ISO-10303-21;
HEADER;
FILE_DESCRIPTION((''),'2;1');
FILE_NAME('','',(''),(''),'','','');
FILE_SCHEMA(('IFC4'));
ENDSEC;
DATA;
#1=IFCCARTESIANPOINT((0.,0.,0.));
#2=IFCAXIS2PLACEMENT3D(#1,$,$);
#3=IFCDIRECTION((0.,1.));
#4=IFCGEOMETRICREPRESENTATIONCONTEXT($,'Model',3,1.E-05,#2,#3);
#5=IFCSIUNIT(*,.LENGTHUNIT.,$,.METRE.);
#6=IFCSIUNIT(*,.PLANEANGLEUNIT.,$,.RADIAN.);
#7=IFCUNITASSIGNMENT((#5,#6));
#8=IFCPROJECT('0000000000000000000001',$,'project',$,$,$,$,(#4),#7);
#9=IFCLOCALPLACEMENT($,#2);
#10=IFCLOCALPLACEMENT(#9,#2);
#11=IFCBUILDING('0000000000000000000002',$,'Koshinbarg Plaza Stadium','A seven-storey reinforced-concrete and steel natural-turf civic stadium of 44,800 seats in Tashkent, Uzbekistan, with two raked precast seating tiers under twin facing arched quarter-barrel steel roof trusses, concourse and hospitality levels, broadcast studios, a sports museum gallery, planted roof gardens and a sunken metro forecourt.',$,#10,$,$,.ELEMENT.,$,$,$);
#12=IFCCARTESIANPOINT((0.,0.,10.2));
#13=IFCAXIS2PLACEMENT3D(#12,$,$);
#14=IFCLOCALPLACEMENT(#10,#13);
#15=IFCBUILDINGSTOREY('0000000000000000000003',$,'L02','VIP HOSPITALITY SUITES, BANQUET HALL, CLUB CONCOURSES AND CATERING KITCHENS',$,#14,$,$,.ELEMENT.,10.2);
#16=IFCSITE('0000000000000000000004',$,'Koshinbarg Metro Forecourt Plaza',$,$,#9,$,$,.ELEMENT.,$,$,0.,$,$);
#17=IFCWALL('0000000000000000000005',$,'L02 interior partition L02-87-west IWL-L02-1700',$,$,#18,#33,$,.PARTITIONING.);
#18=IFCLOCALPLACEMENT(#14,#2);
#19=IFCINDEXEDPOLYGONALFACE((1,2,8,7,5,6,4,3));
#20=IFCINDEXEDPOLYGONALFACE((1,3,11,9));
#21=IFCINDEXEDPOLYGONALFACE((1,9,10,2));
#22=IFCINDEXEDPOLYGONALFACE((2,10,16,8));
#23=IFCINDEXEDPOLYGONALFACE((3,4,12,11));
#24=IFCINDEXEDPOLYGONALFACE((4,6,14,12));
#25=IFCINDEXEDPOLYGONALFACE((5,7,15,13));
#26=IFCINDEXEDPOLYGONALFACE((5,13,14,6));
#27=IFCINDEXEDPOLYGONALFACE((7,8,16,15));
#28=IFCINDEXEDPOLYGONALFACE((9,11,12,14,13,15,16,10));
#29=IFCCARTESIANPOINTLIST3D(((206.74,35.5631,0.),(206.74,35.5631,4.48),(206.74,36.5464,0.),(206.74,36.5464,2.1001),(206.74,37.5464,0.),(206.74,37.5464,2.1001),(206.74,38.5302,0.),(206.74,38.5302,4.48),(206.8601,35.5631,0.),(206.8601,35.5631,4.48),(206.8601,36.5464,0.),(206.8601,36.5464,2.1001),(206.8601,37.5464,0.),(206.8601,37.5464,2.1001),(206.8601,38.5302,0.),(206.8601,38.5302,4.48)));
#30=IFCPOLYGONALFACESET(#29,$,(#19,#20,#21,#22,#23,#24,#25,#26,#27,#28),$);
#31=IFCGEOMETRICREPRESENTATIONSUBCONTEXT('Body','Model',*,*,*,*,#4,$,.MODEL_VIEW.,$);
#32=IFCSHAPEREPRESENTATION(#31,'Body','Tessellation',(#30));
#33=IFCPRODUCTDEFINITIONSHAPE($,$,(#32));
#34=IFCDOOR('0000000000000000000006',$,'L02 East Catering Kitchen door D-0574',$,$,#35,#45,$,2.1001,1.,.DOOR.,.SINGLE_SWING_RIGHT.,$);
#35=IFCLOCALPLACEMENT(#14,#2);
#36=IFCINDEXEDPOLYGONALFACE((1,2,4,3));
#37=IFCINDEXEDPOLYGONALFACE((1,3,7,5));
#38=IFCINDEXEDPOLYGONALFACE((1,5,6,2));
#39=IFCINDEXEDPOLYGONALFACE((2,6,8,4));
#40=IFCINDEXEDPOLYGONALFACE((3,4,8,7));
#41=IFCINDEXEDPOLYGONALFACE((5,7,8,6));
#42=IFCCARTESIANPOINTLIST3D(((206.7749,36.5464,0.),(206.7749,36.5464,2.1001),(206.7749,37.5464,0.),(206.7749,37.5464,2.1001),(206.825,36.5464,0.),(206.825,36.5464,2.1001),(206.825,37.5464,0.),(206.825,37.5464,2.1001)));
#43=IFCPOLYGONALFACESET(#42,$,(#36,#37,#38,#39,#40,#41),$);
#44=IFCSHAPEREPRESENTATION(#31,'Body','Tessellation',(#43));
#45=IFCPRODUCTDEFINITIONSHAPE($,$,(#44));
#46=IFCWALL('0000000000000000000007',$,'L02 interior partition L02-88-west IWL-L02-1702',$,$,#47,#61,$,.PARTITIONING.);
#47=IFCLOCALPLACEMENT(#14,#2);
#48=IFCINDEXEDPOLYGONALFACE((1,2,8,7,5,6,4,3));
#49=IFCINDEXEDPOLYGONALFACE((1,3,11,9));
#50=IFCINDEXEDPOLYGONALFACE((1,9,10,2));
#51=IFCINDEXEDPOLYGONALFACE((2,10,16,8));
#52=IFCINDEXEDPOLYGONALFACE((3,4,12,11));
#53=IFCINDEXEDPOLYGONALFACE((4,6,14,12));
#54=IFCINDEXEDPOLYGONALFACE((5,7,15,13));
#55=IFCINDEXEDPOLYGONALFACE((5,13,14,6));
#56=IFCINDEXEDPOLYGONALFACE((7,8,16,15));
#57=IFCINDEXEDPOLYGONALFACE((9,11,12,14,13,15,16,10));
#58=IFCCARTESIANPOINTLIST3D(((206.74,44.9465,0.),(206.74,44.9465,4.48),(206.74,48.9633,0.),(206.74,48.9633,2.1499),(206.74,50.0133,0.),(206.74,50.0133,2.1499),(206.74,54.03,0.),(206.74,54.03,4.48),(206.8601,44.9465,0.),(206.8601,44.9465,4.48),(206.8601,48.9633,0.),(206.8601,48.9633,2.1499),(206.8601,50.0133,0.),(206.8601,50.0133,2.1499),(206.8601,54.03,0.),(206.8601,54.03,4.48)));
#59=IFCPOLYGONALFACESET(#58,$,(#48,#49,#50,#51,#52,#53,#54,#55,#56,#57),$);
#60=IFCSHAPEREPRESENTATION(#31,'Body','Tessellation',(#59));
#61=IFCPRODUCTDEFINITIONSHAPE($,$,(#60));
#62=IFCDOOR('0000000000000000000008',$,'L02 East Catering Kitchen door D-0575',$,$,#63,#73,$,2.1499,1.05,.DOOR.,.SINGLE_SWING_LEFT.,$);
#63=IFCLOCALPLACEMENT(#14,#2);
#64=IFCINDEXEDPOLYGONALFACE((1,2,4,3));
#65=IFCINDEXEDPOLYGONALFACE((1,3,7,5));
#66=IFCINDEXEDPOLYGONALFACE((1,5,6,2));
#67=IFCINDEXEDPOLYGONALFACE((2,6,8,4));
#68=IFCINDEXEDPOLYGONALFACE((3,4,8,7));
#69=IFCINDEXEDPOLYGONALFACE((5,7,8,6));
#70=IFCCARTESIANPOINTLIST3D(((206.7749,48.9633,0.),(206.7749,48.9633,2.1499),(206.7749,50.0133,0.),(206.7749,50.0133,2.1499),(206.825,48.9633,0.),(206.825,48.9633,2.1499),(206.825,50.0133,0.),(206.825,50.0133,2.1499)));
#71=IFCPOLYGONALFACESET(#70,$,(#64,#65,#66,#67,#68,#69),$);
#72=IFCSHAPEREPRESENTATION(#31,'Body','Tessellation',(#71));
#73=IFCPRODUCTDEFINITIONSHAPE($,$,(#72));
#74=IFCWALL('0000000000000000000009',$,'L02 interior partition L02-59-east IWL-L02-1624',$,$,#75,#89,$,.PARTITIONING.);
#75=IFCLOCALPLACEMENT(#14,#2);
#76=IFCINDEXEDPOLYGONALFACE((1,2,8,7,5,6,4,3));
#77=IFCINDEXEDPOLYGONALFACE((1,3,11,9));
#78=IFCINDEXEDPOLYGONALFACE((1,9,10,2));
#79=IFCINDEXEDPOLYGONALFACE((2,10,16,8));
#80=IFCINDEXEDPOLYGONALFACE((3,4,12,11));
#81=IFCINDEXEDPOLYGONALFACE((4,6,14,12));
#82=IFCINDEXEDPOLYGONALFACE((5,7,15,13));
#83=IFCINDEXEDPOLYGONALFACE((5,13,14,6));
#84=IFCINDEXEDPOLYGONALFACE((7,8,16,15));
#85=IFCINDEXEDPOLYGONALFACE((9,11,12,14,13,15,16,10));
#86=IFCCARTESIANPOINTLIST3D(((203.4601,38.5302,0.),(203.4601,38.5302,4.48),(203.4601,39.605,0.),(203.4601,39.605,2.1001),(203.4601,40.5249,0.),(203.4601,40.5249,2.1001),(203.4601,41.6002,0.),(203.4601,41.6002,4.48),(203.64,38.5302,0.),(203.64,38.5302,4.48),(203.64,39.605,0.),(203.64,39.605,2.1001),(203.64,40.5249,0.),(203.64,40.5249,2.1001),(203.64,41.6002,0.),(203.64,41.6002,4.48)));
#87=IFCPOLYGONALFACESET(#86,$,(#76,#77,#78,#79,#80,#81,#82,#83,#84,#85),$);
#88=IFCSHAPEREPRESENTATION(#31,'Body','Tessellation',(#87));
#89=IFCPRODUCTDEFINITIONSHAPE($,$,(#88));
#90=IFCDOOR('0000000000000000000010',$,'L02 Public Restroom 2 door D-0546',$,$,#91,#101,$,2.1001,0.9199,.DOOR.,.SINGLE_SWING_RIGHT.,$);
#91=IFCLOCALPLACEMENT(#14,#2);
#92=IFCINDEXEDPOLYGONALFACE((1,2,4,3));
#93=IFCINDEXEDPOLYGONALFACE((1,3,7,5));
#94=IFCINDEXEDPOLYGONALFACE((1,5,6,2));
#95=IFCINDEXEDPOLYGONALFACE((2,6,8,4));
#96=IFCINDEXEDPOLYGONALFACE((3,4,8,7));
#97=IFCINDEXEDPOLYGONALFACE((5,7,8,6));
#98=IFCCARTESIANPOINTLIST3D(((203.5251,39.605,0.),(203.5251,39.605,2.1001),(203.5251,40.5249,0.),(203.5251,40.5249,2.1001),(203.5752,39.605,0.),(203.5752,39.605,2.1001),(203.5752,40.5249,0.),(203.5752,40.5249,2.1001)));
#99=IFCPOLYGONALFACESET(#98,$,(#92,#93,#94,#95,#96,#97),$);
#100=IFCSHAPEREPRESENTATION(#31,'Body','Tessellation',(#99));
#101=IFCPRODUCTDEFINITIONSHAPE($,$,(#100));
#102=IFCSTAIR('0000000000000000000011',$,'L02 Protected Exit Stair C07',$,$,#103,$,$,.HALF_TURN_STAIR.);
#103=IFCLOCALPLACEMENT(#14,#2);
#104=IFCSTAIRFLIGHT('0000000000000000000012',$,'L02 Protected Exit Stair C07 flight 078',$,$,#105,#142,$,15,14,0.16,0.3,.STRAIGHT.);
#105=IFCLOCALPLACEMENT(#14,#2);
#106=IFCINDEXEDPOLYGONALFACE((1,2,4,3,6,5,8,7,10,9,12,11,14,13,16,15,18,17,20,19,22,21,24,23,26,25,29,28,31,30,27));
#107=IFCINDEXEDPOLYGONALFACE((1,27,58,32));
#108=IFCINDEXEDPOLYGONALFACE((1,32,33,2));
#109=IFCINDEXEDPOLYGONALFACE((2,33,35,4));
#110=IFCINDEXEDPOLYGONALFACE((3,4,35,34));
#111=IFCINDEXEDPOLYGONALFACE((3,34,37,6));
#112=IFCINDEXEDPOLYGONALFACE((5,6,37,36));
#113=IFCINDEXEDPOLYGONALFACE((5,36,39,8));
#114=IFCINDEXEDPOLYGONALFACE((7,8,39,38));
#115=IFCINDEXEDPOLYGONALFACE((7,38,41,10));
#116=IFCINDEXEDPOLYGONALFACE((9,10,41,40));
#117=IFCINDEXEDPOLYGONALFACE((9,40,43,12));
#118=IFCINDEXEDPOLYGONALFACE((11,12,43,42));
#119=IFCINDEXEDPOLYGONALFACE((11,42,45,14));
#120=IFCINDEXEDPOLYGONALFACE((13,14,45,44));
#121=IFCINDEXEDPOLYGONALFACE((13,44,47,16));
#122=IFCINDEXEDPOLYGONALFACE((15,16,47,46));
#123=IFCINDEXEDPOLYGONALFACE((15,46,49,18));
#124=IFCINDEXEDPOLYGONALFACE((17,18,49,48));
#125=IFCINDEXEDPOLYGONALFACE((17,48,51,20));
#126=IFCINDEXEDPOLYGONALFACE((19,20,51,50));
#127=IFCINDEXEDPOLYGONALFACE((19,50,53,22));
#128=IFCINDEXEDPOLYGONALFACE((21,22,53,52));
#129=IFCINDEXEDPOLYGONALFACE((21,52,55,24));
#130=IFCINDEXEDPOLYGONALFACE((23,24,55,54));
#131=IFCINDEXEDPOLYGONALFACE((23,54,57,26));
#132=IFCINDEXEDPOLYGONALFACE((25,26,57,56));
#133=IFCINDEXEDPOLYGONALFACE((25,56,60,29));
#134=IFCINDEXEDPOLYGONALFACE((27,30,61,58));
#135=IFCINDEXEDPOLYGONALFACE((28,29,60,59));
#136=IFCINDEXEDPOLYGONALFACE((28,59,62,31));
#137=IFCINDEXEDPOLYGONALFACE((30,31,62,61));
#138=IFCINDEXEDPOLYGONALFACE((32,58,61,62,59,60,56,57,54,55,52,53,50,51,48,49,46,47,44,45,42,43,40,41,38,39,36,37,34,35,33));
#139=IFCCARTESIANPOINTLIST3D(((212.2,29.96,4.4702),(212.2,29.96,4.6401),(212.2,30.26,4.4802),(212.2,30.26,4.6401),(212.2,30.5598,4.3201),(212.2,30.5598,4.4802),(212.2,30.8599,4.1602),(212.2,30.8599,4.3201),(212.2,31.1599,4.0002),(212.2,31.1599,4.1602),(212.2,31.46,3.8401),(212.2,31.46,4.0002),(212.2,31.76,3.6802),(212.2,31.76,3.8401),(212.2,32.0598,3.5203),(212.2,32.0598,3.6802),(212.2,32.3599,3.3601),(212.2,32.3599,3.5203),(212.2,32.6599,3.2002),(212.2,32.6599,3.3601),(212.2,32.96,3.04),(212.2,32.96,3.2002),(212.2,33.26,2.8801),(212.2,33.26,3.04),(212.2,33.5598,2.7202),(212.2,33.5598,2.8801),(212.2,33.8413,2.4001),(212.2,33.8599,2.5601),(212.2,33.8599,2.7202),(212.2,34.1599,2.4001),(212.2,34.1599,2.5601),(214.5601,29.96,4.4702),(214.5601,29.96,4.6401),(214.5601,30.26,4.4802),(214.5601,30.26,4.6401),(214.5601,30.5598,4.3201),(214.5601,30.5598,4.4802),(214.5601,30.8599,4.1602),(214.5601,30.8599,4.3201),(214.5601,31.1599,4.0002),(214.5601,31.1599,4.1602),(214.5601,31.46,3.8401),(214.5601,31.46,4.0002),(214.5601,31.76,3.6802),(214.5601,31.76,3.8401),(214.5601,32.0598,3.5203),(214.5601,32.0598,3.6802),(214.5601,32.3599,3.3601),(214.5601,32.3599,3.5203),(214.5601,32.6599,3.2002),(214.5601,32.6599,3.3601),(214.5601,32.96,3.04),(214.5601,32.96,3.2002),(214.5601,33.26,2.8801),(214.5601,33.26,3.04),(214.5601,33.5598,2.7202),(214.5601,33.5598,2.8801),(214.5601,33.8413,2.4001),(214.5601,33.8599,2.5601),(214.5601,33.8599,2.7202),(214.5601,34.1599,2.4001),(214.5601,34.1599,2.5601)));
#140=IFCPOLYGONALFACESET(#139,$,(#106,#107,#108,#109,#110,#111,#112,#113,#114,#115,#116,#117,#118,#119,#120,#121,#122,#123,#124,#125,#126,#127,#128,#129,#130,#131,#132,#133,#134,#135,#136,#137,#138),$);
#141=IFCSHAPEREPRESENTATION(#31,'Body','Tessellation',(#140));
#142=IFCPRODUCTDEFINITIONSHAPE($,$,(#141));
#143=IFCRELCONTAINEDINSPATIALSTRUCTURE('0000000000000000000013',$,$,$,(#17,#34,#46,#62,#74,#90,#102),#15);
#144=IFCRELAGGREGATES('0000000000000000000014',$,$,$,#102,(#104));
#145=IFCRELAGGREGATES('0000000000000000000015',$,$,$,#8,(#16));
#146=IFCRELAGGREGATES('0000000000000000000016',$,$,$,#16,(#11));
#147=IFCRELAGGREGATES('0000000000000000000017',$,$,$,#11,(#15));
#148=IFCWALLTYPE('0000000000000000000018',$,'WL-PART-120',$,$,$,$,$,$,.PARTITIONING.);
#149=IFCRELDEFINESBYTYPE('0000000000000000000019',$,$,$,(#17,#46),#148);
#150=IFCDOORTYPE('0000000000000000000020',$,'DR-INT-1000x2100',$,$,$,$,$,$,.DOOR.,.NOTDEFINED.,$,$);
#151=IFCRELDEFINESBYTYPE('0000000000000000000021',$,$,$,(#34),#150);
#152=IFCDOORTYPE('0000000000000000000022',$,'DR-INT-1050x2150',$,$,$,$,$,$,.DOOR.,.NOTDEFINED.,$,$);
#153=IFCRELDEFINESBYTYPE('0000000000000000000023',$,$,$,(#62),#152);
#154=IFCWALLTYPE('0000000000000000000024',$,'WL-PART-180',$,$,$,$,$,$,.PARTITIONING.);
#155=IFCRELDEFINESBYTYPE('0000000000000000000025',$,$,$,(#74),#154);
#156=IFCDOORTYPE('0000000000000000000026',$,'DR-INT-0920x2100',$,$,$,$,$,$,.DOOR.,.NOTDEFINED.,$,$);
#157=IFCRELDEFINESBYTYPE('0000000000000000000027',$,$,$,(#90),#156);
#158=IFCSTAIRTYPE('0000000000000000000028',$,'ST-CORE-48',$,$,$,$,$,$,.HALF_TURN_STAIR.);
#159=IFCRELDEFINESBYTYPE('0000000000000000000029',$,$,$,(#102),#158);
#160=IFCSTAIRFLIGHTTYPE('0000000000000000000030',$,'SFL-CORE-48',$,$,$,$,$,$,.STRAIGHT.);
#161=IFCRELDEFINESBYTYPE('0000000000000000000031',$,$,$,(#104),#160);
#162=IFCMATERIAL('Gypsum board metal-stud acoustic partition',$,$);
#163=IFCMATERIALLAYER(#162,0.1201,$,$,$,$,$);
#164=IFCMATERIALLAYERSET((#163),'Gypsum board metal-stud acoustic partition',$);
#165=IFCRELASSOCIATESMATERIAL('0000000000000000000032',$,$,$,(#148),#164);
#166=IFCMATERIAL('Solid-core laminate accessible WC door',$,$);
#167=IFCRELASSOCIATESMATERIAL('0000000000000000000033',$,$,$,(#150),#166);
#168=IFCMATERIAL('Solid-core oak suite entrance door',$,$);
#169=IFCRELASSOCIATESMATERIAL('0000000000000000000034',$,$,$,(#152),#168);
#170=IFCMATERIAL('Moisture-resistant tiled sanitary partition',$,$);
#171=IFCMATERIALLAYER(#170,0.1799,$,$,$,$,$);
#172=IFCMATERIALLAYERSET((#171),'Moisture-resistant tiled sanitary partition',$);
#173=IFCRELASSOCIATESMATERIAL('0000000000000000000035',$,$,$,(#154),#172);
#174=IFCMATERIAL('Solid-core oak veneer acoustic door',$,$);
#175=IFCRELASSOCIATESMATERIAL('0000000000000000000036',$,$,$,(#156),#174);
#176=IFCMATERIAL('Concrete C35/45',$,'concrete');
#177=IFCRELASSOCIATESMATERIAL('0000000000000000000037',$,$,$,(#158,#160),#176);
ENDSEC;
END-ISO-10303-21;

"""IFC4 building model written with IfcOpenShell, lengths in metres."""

from ifc_helpers import new_model, si_unit, direction, frame, frame_2d, origin, place, context, subcontext, project, spatial, polyline, rectangle, outline, extrude, material, layer, layer_set, type_object, element, fill, aggregate, save


model = new_model("IFC4")

# Units and contexts
model_context = context("Model", 3, precision=1e-05, world=origin(), true_north=direction((0.0, 1.0)))
body_context = subcontext(model_context, "Body", "Model", "MODEL_VIEW")
ifc_project = project(units=[si_unit("LENGTHUNIT", "METRE"), si_unit("PLANEANGLEUNIT", "RADIAN")], contexts=[model_context])

# Site, building, storey
site_placement = place(None, origin())
site = spatial("IfcSite", under=ifc_project, at=site_placement, Name="Koshinbarg Metro Forecourt Plaza", CompositionType="ELEMENT", RefElevation=0.0)
building_placement = place(site_placement, origin())
building = spatial("IfcBuilding", under=site, at=building_placement, Name="Koshinbarg Plaza Stadium", Description="A seven-storey reinforced-concrete and steel natural-turf civic stadium of 44,800 seats in Tashkent, Uzbekistan, with two raked precast seating tiers under twin facing arched quarter-barrel steel roof trusses, concourse and hospitality levels, broadcast studios, a sports museum gallery, planted roof gardens and a sunken metro forecourt.", CompositionType="ELEMENT")
storey_placement = place(building_placement, frame((0.0, 0.0, 10.2)))
storey = spatial("IfcBuildingStorey", under=building, at=storey_placement, Name="L02", Description="VIP HOSPITALITY SUITES, BANQUET HALL, CLUB CONCOURSES AND CATERING KITCHENS", CompositionType="ELEMENT", Elevation=10.2)

# Shared definitions
ifc_material_1 = material(Name="Gypsum board metal-stud acoustic partition")
ifc_layer_1 = layer(ifc_material_1, 0.1201)
ifc_layer_set_1 = layer_set([ifc_layer_1], Name="Gypsum board metal-stud acoustic partition")
wall_type_1 = type_object("IfcWallType", Name="WL-PART-120", PredefinedType="PARTITIONING", material=ifc_layer_set_1)
ifc_material_2 = material(Name="Solid-core oak veneer acoustic door")

# Walls, openings, doors
wall_1_placement = place(storey_placement, frame((206.8, 38.53, 0.0), z_axis=(0.0, 0.0, 1.0), x_axis=(0.0, -1.0, 0.0)))
wall_1 = element("IfcWall", 1, at=wall_1_placement, inside=storey, type_object=wall_type_1, Name="L02 interior partition L02-87-west IWL-L02-1700", PredefinedType="PARTITIONING", context=body_context, shape_type="SweptSolid", body=[
    extrude(rectangle(XDim=2.967, YDim=0.1201, at=frame_2d((1.4834, 0.0))), origin(), (0.0, 0.0, 1.0), 4.48),
])
opening_1_placement = place(wall_1_placement, frame((0.9836, 0.0, 0.0)))
opening_1 = element("IfcOpeningElement", 2, at=opening_1_placement, cuts=wall_1, PredefinedType="OPENING", context=body_context, shape_type="SweptSolid", body=[
    extrude(rectangle(XDim=1.0, YDim=2.1001, at=frame_2d((0.5, 1.05))), frame((0.0, 0.0701, 0.0), z_axis=(0.0, -1.0, 0.0), x_axis=(1.0, 0.0, 0.0)), (0.0, 0.0, 1.0), 0.1401),
])
ifc_material_3 = material(Name="Solid-core laminate accessible WC door")
door_type_1 = type_object("IfcDoorType", Name="DR-INT-1000x2100", OperationType="NOTDEFINED", PredefinedType="DOOR", material=ifc_material_3)
door_1_placement = place(opening_1_placement, origin())
door_1 = element("IfcDoor", 3, at=door_1_placement, inside=storey, type_object=door_type_1, Name="L02 East Catering Kitchen door D-0574", OperationType="SINGLE_SWING_RIGHT", OverallHeight=2.1001, OverallWidth=1.0, PredefinedType="DOOR", context=body_context, shape_type="SweptSolid", body=[
    extrude(rectangle(XDim=1.0, YDim=2.1001, at=frame_2d((0.5, 1.05))), frame((0.0, 0.0249, 0.0), z_axis=(0.0, -1.0, 0.0), x_axis=(1.0, 0.0, 0.0)), (0.0, 0.0, 1.0), 0.05),
])
fill(opening_1, door_1)
wall_2_placement = place(storey_placement, frame((206.8, 54.03, 0.0), z_axis=(0.0, 0.0, 1.0), x_axis=(0.0, -1.0, 0.0)))
wall_2 = element("IfcWall", 4, at=wall_2_placement, inside=storey, type_object=wall_type_1, Name="L02 interior partition L02-88-west IWL-L02-1702", PredefinedType="PARTITIONING", context=body_context, shape_type="SweptSolid", body=[
    extrude(rectangle(XDim=9.0835, YDim=0.1201, at=frame_2d((4.5417, 0.0))), origin(), (0.0, 0.0, 1.0), 4.48),
])
opening_2_placement = place(wall_2_placement, frame((4.0168, 0.0, 0.0)))
opening_2 = element("IfcOpeningElement", 5, at=opening_2_placement, cuts=wall_2, PredefinedType="OPENING", context=body_context, shape_type="SweptSolid", body=[
    extrude(rectangle(XDim=1.05, YDim=2.1499, at=frame_2d((0.5249, 1.075))), frame((0.0, 0.0701, 0.0), z_axis=(0.0, -1.0, 0.0), x_axis=(1.0, 0.0, 0.0)), (0.0, 0.0, 1.0), 0.1401),
])
ifc_material_4 = material(Name="Solid-core oak suite entrance door")
door_type_2 = type_object("IfcDoorType", Name="DR-INT-1050x2150", OperationType="NOTDEFINED", PredefinedType="DOOR", material=ifc_material_4)
door_2_placement = place(opening_2_placement, origin())
door_2 = element("IfcDoor", 6, at=door_2_placement, inside=storey, type_object=door_type_2, Name="L02 East Catering Kitchen door D-0575", OperationType="SINGLE_SWING_LEFT", OverallHeight=2.1499, OverallWidth=1.05, PredefinedType="DOOR", context=body_context, shape_type="SweptSolid", body=[
    extrude(rectangle(XDim=1.05, YDim=2.1499, at=frame_2d((0.5249, 1.075))), frame((0.0, 0.0249, 0.0), z_axis=(0.0, -1.0, 0.0), x_axis=(1.0, 0.0, 0.0)), (0.0, 0.0, 1.0), 0.05),
])
fill(opening_2, door_2)
ifc_material_5 = material(Name="Moisture-resistant tiled sanitary partition")
ifc_layer_2 = layer(ifc_material_5, 0.1799)
ifc_layer_set_2 = layer_set([ifc_layer_2], Name="Moisture-resistant tiled sanitary partition")
wall_type_2 = type_object("IfcWallType", Name="WL-PART-180", PredefinedType="PARTITIONING", material=ifc_layer_set_2)
wall_3_placement = place(storey_placement, frame((203.55, 38.53, 0.0), z_axis=(0.0, 0.0, 1.0), x_axis=(0.0, 1.0, 0.0)))
wall_3 = element("IfcWall", 7, at=wall_3_placement, inside=storey, type_object=wall_type_2, Name="L02 interior partition L02-59-east IWL-L02-1624", PredefinedType="PARTITIONING", context=body_context, shape_type="SweptSolid", body=[
    extrude(rectangle(XDim=3.0701, YDim=0.1799, at=frame_2d((1.5352, 0.0))), origin(), (0.0, 0.0, 1.0), 4.48),
])
opening_3_placement = place(wall_3_placement, frame((1.075, 0.0, 0.0)))
opening_3 = element("IfcOpeningElement", 8, at=opening_3_placement, cuts=wall_3, PredefinedType="OPENING", context=body_context, shape_type="SweptSolid", body=[
    extrude(rectangle(XDim=0.9199, YDim=2.1001, at=frame_2d((0.46, 1.05))), frame((0.0, 0.0999, 0.0), z_axis=(0.0, -1.0, 0.0), x_axis=(1.0, 0.0, 0.0)), (0.0, 0.0, 1.0), 0.2),
])
door_type_3 = type_object("IfcDoorType", Name="DR-INT-0920x2100", OperationType="NOTDEFINED", PredefinedType="DOOR", material=ifc_material_2)
door_3_placement = place(opening_3_placement, origin())
door_3 = element("IfcDoor", 9, at=door_3_placement, inside=storey, type_object=door_type_3, Name="L02 Public Restroom 2 door D-0546", OperationType="SINGLE_SWING_RIGHT", OverallHeight=2.1001, OverallWidth=0.9199, PredefinedType="DOOR", context=body_context, shape_type="SweptSolid", body=[
    extrude(rectangle(XDim=0.9199, YDim=2.1001, at=frame_2d((0.46, 1.05))), frame((0.0, 0.0249, 0.0), z_axis=(0.0, -1.0, 0.0), x_axis=(1.0, 0.0, 0.0)), (0.0, 0.0, 1.0), 0.05),
])
fill(opening_3, door_3)

# Stair, stair flight
ifc_material_6 = material(Name="Concrete C35/45", Category="concrete")
stair_type_1 = type_object("IfcStairType", Name="ST-CORE-48", PredefinedType="HALF_TURN_STAIR", material=ifc_material_6)
stair_1_placement = place(storey_placement, origin())
stair_1 = element("IfcStair", 10, at=stair_1_placement, inside=storey, type_object=stair_type_1, Name="L02 Protected Exit Stair C07", PredefinedType="HALF_TURN_STAIR")
stair_flight_type = type_object("IfcStairFlightType", Name="SFL-CORE-48", PredefinedType="STRAIGHT", material=ifc_material_6)
stair_flight_1_placement = place(storey_placement, frame((213.3799, 34.1599, 2.4001), z_axis=(0.0, 0.0, 1.0), x_axis=(0.0, -1.0, 0.0)))
stair_flight_1 = element("IfcStairFlight", 11, at=stair_flight_1_placement, type_object=stair_flight_type, Name="L02 Protected Exit Stair C07 flight 078", NumberOfRisers=15, NumberOfTreads=14, PredefinedType="STRAIGHT", RiserHeight=0.16, TreadLength=0.3, context=body_context, shape_type="SweptSolid", body=[
    extrude(outline(polyline([(0.0, 0.0), (0.0, 0.1599), (0.3, 0.1599), (0.3, 0.3201), (0.6001, 0.3201), (0.6001, 0.48), (0.8999, 0.48), (0.8999, 0.6399), (1.2, 0.6399), (1.2, 0.8), (1.5, 0.8), (1.5, 0.96), (1.8, 0.96), (1.8, 1.1201), (2.1001, 1.1201), (2.1001, 1.28), (2.3999, 1.28), (2.3999, 1.4399), (2.7, 1.4399), (2.7, 1.6001), (3.0, 1.6001), (3.0, 1.76), (3.3, 1.76), (3.3, 1.9199), (3.6001, 1.9199), (3.6001, 2.0801), (3.8999, 2.0801), (3.8999, 2.24), (4.2, 2.24), (4.2, 2.3999), (4.2, 2.0701), (0.3186, 0.0), (0.0, 0.0)])), frame((0.0, 1.1802, 0.0), z_axis=(0.0, -1.0, 0.0), x_axis=(1.0, 0.0, 0.0)), (0.0, 0.0, 1.0), 2.3601),
])
aggregate(stair_1, [stair_flight_1])

save(model, "model.ifc")
